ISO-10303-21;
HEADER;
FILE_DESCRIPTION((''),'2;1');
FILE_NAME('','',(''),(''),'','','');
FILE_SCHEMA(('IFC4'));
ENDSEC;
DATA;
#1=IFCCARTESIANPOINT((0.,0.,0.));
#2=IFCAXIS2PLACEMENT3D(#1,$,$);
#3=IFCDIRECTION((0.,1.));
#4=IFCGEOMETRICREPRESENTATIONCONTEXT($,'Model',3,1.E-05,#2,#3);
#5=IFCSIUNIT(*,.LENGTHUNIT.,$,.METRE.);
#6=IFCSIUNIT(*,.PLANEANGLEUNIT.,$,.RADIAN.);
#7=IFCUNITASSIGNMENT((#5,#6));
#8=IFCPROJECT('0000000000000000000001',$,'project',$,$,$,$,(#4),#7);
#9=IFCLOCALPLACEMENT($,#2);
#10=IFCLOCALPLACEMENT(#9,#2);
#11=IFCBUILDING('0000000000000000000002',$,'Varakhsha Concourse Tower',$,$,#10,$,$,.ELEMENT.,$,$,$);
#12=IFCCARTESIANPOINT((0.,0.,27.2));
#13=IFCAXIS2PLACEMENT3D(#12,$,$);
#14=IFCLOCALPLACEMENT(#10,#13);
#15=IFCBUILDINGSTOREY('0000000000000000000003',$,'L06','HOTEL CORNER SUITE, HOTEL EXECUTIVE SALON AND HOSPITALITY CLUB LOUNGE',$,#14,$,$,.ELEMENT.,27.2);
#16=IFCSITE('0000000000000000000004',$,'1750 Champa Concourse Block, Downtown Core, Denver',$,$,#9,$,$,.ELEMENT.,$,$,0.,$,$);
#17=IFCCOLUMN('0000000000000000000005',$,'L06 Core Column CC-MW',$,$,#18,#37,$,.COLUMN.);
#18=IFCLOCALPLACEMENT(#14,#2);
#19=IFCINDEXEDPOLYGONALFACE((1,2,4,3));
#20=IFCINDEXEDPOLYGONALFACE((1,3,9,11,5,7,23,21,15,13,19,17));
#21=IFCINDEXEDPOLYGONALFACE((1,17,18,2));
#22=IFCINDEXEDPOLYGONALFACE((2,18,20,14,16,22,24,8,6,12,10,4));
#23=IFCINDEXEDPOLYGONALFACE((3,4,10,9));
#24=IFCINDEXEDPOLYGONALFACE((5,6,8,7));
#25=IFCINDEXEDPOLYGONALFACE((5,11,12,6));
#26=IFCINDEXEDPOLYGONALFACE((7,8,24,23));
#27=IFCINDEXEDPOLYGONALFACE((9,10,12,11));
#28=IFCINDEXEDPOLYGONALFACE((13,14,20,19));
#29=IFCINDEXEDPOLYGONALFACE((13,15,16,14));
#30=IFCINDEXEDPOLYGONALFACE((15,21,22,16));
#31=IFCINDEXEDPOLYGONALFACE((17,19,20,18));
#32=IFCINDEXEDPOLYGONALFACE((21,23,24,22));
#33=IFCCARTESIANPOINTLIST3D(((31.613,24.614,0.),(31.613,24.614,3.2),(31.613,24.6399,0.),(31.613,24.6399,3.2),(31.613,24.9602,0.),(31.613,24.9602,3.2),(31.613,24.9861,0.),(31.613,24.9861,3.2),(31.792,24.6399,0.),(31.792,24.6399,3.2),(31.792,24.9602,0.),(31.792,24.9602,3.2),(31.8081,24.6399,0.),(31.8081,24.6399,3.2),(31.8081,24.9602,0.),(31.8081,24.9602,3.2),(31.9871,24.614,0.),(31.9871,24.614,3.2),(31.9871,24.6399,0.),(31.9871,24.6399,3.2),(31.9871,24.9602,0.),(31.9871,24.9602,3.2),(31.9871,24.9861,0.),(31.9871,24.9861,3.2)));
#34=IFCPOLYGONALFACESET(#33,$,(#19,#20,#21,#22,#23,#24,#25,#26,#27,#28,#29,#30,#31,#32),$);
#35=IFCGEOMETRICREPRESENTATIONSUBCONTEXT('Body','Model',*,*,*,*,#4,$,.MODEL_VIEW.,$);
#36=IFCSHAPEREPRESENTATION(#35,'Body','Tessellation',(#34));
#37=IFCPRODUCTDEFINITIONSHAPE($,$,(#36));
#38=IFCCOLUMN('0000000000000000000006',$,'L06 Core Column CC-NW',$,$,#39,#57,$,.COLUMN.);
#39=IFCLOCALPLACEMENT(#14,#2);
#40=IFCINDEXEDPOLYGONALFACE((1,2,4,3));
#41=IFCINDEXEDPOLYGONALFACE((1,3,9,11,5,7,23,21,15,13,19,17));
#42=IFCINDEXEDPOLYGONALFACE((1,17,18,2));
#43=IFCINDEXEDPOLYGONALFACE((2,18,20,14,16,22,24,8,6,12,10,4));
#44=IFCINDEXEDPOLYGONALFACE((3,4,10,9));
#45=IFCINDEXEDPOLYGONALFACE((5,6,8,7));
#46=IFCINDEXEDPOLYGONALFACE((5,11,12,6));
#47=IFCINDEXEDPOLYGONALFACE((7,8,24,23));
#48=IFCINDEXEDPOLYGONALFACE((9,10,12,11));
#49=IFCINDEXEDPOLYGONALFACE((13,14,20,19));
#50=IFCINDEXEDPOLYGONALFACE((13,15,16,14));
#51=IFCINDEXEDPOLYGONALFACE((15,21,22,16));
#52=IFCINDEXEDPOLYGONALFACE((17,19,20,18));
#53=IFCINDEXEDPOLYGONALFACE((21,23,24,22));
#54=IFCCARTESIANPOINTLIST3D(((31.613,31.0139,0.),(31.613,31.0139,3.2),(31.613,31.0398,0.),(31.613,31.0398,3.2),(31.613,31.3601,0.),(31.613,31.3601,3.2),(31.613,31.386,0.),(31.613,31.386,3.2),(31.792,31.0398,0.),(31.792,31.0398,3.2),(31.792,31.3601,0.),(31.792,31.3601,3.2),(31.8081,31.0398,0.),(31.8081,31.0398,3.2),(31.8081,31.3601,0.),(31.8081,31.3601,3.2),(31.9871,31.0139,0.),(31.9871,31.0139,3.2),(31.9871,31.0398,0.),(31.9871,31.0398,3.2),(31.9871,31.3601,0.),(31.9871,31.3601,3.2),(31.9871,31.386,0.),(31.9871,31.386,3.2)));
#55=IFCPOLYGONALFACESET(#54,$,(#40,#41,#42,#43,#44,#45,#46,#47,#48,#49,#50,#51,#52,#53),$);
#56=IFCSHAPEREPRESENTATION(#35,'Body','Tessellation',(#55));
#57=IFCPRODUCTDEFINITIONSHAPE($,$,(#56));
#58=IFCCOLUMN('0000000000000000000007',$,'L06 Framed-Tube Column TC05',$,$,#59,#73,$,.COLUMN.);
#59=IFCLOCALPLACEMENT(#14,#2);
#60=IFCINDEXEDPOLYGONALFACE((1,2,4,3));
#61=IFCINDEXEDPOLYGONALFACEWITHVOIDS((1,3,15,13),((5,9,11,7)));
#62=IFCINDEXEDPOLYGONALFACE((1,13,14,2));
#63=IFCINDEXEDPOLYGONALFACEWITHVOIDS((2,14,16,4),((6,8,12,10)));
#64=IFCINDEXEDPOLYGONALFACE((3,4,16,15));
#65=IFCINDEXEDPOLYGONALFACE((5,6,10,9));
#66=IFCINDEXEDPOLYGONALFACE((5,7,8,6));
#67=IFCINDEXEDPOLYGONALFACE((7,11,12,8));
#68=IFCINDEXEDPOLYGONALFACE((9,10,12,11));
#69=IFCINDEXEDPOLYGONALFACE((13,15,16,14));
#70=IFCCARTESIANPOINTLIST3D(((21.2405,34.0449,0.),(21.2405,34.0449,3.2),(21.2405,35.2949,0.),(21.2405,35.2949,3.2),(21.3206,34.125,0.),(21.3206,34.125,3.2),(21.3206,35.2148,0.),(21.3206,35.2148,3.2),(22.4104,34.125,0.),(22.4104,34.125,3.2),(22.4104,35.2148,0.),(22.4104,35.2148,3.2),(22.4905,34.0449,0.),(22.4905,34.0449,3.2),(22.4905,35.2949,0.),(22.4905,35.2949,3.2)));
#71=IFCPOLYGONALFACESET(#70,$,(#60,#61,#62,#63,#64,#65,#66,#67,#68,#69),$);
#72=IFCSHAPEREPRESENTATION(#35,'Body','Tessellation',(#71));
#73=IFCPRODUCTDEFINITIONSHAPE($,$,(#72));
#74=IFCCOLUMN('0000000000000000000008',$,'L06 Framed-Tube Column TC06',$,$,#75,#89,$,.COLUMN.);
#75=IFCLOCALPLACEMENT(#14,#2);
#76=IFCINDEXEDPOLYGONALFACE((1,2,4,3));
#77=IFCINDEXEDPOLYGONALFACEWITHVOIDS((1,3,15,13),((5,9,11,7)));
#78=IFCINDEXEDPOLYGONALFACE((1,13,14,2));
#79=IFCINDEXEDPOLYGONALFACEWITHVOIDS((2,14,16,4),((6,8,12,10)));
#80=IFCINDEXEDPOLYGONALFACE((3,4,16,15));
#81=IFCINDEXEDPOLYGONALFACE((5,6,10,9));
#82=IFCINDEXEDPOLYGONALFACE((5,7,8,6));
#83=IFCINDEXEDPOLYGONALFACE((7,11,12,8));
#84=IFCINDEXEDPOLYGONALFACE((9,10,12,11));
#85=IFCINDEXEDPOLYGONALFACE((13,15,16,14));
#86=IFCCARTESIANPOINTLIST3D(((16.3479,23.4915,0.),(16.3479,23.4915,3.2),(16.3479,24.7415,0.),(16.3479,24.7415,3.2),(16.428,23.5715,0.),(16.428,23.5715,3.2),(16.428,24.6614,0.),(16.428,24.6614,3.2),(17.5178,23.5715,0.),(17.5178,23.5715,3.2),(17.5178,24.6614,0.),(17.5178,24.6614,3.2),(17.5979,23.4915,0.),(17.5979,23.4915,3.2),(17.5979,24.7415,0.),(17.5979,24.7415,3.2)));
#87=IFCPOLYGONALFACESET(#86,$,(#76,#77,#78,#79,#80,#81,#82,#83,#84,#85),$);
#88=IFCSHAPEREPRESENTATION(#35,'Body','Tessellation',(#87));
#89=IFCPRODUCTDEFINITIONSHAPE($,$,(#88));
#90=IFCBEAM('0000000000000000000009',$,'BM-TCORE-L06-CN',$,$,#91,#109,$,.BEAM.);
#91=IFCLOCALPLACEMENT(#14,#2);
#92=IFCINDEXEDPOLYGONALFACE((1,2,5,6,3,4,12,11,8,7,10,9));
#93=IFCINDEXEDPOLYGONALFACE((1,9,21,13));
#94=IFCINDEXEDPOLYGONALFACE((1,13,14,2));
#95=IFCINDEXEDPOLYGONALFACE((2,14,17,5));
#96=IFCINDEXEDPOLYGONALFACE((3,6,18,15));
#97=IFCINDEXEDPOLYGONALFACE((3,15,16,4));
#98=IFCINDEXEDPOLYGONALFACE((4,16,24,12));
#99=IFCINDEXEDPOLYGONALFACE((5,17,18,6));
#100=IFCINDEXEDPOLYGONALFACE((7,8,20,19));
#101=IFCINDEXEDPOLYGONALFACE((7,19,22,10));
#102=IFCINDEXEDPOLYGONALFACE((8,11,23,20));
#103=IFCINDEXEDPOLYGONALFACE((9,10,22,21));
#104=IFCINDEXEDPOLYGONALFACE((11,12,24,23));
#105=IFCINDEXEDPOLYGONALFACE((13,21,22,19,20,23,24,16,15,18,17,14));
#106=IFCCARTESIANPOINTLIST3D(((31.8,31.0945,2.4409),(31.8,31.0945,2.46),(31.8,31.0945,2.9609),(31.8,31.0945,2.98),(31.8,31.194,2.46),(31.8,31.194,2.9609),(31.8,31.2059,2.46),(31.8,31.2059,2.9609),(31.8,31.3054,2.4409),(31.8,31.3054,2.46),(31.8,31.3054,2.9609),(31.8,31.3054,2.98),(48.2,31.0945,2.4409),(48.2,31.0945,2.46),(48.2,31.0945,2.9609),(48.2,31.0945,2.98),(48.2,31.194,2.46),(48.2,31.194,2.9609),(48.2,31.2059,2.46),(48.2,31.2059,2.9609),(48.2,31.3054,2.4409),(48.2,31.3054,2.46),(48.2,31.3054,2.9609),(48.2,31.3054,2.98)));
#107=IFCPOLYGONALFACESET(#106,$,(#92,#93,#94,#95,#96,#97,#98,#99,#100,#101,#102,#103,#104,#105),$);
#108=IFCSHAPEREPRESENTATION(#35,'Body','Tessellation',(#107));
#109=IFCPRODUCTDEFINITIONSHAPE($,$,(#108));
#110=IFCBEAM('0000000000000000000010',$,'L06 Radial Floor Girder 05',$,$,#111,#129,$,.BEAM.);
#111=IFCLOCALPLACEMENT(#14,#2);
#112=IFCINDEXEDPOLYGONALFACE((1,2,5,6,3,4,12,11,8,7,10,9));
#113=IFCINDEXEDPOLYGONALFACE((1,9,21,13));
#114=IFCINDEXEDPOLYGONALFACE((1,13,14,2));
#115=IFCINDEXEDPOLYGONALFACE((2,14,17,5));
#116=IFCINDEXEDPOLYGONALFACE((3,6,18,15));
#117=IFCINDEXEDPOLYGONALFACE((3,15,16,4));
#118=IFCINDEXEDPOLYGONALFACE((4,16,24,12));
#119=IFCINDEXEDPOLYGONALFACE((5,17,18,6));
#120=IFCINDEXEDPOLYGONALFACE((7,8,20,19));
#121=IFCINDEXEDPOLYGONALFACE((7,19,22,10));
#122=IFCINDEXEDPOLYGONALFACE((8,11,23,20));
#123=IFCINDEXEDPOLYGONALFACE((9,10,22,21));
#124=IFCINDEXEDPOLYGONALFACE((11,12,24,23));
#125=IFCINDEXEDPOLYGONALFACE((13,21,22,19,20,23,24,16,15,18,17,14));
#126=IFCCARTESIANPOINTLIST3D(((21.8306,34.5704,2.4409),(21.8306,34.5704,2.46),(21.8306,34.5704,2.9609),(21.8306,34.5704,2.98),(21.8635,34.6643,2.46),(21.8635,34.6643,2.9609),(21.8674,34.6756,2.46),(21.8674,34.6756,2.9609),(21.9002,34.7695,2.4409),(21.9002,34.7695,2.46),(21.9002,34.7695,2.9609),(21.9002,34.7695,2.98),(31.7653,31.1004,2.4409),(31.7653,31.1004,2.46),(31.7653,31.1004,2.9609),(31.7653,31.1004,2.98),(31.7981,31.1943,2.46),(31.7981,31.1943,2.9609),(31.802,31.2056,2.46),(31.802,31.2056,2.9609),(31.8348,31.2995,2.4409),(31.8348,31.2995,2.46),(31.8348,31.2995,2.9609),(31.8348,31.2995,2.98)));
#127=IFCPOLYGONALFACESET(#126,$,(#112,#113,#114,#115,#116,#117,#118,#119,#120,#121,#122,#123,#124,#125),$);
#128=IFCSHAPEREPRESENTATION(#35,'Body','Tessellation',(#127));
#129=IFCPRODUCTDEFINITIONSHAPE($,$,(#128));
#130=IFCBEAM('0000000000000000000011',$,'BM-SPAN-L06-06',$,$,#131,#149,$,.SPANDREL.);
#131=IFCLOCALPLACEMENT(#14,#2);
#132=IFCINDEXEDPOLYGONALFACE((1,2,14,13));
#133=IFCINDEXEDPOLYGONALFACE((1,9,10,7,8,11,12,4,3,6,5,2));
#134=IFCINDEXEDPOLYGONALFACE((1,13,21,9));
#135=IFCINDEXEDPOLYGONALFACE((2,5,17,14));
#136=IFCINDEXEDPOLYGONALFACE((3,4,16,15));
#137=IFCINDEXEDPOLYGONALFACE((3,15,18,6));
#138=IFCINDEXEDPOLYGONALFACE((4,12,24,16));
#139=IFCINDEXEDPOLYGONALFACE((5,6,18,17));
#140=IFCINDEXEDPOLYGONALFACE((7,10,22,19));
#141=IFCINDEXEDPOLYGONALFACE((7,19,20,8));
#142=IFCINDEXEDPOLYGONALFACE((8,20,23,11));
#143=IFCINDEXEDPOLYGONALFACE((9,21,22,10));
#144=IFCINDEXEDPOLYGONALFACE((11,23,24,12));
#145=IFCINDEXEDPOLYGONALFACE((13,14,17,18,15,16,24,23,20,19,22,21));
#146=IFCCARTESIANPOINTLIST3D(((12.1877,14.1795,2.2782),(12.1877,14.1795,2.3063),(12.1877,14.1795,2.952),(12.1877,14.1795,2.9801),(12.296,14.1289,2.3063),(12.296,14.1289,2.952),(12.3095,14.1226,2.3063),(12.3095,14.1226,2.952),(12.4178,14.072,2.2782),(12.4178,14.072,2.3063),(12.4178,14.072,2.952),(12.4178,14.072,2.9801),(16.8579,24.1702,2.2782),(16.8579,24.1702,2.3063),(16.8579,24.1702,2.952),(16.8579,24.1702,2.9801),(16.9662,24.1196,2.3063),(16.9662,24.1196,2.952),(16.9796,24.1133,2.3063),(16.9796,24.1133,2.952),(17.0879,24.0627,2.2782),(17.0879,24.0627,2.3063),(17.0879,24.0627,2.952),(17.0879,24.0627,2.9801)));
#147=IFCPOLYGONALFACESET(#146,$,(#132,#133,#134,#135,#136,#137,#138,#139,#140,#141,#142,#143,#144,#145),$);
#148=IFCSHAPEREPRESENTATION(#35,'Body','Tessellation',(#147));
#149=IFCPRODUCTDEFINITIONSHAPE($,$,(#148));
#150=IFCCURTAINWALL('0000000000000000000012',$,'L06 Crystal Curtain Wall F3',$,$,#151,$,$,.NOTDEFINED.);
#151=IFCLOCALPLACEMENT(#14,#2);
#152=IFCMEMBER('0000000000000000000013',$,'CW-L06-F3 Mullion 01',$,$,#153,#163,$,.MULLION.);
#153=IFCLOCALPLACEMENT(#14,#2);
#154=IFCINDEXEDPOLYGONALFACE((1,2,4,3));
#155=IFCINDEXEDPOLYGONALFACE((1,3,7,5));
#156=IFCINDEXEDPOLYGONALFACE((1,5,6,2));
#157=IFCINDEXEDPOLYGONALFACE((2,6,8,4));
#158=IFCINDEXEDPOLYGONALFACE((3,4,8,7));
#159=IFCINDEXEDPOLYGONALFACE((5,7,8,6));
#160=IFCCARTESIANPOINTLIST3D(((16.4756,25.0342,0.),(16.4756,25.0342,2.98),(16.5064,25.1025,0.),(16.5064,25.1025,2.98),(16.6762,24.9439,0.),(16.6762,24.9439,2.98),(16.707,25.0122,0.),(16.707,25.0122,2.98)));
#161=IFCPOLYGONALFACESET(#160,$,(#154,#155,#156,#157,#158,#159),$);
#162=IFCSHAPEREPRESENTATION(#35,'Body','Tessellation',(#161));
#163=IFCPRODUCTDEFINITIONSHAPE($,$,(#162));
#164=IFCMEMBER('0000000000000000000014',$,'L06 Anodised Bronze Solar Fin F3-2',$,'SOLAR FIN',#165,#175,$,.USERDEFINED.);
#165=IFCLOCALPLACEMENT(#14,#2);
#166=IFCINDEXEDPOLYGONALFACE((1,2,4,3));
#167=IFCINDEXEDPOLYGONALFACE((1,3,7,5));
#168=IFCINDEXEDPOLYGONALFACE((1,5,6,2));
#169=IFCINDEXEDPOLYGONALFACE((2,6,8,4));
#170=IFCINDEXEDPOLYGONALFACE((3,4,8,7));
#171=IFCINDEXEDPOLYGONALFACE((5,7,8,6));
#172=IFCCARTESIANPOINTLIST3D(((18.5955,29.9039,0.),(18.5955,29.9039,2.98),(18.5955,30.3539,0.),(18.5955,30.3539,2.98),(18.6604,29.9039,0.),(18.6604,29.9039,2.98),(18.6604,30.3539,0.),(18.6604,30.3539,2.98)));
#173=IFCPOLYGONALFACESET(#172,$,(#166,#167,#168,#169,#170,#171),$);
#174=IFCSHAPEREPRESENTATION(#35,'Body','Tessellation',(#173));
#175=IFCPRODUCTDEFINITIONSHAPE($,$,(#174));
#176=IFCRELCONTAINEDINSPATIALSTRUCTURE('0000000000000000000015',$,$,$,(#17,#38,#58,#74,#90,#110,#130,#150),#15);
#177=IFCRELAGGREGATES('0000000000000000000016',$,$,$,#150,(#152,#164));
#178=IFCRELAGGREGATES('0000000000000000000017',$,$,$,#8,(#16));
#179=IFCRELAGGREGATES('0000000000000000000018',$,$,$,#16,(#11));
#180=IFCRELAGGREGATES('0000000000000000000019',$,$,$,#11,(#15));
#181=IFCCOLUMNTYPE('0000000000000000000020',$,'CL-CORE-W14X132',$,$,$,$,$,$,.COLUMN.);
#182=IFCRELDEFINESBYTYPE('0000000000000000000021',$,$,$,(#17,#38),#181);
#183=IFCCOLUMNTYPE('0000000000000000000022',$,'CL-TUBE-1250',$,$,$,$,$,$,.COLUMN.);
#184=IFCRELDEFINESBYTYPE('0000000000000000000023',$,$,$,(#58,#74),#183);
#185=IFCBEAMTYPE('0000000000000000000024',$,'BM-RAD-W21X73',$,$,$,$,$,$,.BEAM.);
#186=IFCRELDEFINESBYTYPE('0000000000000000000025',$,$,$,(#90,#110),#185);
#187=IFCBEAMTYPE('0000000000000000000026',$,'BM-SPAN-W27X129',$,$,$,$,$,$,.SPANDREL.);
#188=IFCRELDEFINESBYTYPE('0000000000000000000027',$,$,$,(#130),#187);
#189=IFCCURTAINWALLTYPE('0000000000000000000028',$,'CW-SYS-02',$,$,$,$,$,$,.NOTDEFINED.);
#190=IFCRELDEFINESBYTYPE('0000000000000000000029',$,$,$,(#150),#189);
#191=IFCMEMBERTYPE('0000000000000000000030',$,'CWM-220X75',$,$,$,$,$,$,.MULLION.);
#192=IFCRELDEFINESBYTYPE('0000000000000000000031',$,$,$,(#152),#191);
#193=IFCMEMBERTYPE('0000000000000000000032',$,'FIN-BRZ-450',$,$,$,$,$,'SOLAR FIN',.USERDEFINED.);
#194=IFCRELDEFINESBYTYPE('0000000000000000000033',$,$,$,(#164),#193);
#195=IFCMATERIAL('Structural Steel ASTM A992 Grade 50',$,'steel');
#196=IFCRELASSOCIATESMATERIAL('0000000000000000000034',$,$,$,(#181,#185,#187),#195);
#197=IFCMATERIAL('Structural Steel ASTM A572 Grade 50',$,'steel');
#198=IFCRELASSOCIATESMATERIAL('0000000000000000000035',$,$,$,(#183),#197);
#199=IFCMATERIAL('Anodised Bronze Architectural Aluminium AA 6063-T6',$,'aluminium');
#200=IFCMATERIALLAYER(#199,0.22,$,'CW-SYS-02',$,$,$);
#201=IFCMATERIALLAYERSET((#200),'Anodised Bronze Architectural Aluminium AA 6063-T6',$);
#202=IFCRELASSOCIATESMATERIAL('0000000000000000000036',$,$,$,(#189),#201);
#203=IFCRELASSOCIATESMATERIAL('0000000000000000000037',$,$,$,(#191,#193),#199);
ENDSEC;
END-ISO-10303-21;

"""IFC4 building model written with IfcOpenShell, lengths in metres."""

from ifc_helpers import new_model, si_unit, direction, frame, origin, origin_2d, place, context, subcontext, project, spatial, rectangle, hollow_rectangle, i_section, extrude, source, transform, mapped, material, layer, layer_set, material_profile, profile_set, type_object, type_shapes, element, aggregate, save


model = new_model("IFC4")

# Units and contexts
model_context = context("Model", 3, precision=1e-05, world=origin(), true_north=direction((0.0, 1.0)))
body_context = subcontext(model_context, "Body", "Model", "MODEL_VIEW")
ifc_project = project(units=[si_unit("LENGTHUNIT", "METRE"), si_unit("PLANEANGLEUNIT", "RADIAN")], contexts=[model_context])

# Site, building, storey
site_placement = place(None, origin())
site = spatial("IfcSite", under=ifc_project, at=site_placement, Name="1750 Champa Concourse Block, Downtown Core, Denver", CompositionType="ELEMENT", RefElevation=0.0)
building_placement = place(site_placement, origin())
building = spatial("IfcBuilding", under=site, at=building_placement, Name="Varakhsha Concourse Tower", CompositionType="ELEMENT")
storey_placement = place(building_placement, frame((0.0, 0.0, 27.2)))
storey = spatial("IfcBuildingStorey", under=building, at=storey_placement, Name="L06", Description="HOTEL CORNER SUITE, HOTEL EXECUTIVE SALON AND HOSPITALITY CLUB LOUNGE", CompositionType="ELEMENT", Elevation=27.2)

# Columns
ifc_material_1 = material(Name="Structural Steel ASTM A992 Grade 50", Category="steel")
ifc_material_profile_1 = material_profile(ifc_material_1, i_section(OverallWidth=0.374, OverallDepth=0.3721, WebThickness=0.0161, FlangeThickness=0.0259, at=origin_2d()), Name="W14X132")
ifc_profile_set_1 = profile_set([ifc_material_profile_1], Name="Structural Steel ASTM A992 Grade 50")
column_type_1 = type_object("IfcColumnType", Name="CL-CORE-W14X132", PredefinedType="COLUMN", material=ifc_profile_set_1)
for number, where, z_axis, x_axis, name in (
    (1, (31.8, 24.8, 0.0), (0.0, 0.0, 1.0), (1.0, 0.0, 0.0), "L06 Core Column CC-MW"),
    (2, (31.8, 31.2, 0.0), (0.0, 0.0, 1.0), (1.0, 0.0, 0.0), "L06 Core Column CC-NW"),
):
    element("IfcColumn", number, at=place(storey_placement, frame(where, z_axis=z_axis, x_axis=x_axis)), inside=storey, type_object=column_type_1, Name=name, PredefinedType="COLUMN", context=body_context, shape_type="SweptSolid", body=[
        extrude(i_section(OverallWidth=0.374, OverallDepth=0.3721, WebThickness=0.0161, FlangeThickness=0.0259, at=origin_2d()), origin(), (0.0, 0.0, 1.0), 3.2),
    ])
ifc_material_2 = material(Name="Structural Steel ASTM A572 Grade 50", Category="steel")
ifc_material_profile_2 = material_profile(ifc_material_2, hollow_rectangle(XDim=1.25, YDim=1.25, WallThickness=0.0801, at=origin_2d()), Name="BOX 1250x1250x80")
ifc_profile_set_2 = profile_set([ifc_material_profile_2], Name="Structural Steel ASTM A572 Grade 50")
column_type_2 = type_object("IfcColumnType", Name="CL-TUBE-1250", PredefinedType="COLUMN", material=ifc_profile_set_2)
for number, where, z_axis, x_axis, name in (
    (3, (21.8655, 34.6699, 0.0), (0.0, 0.0, 1.0), (1.0, 0.0, 0.0), "L06 Framed-Tube Column TC05"),
    (4, (16.9729, 24.1165, 0.0), (0.0, 0.0, 1.0), (1.0, 0.0, 0.0), "L06 Framed-Tube Column TC06"),
):
    element("IfcColumn", number, at=place(storey_placement, frame(where, z_axis=z_axis, x_axis=x_axis)), inside=storey, type_object=column_type_2, Name=name, PredefinedType="COLUMN", context=body_context, shape_type="SweptSolid", body=[
        extrude(hollow_rectangle(XDim=1.25, YDim=1.25, WallThickness=0.0801, at=origin_2d()), origin(), (0.0, 0.0, 1.0), 3.2),
    ])

# Beams
ifc_material_profile_3 = material_profile(ifc_material_1, i_section(OverallWidth=0.2109, OverallDepth=0.5391, WebThickness=0.012, FlangeThickness=0.019, at=origin_2d()), Name="W21X73")
ifc_profile_set_3 = profile_set([ifc_material_profile_3], Name="Structural Steel ASTM A992 Grade 50")
beam_type_1 = type_object("IfcBeamType", Name="BM-RAD-W21X73", PredefinedType="BEAM", material=ifc_profile_set_3)
beam_1_placement = place(storey_placement, frame((31.8, 31.2, 2.7104), z_axis=(1.0, 0.0, 0.0), x_axis=(0.0, 1.0, 0.0)))
element("IfcBeam", 5, at=beam_1_placement, inside=storey, type_object=beam_type_1, Name="BM-TCORE-L06-CN", PredefinedType="BEAM", context=body_context, shape_type="SweptSolid", body=[
    extrude(i_section(OverallWidth=0.2109, OverallDepth=0.5391, WebThickness=0.012, FlangeThickness=0.019, at=origin_2d()), origin(), (0.0, 0.0, 1.0), 16.3999),
])
beam_2_placement = place(storey_placement, frame((31.8, 31.2, 2.7104), z_axis=(-0.944069, 0.329747, 0.0), x_axis=(-0.329747, -0.944069, 0.0)))
element("IfcBeam", 6, at=beam_2_placement, inside=storey, type_object=beam_type_1, Name="L06 Radial Floor Girder 05", PredefinedType="BEAM", context=body_context, shape_type="SweptSolid", body=[
    extrude(i_section(OverallWidth=0.2109, OverallDepth=0.5391, WebThickness=0.012, FlangeThickness=0.019, at=origin_2d()), origin(), (0.0, 0.0, 1.0), 10.5232),
])
ifc_material_profile_4 = material_profile(ifc_material_1, i_section(OverallWidth=0.2539, OverallDepth=0.7019, WebThickness=0.0149, FlangeThickness=0.0281, at=origin_2d()), Name="W27X129")
ifc_profile_set_4 = profile_set([ifc_material_profile_4], Name="Structural Steel ASTM A992 Grade 50")
beam_type_2 = type_object("IfcBeamType", Name="BM-SPAN-W27X129", PredefinedType="SPANDREL", material=ifc_profile_set_4)
beam_3_placement = place(storey_placement, frame((16.9729, 24.1165, 2.6292), z_axis=(-0.423468, -0.905911, 0.0), x_axis=(0.905911, -0.423468, 0.0)))
element("IfcBeam", 7, at=beam_3_placement, inside=storey, type_object=beam_type_2, Name="BM-SPAN-L06-06", PredefinedType="SPANDREL", context=body_context, shape_type="SweptSolid", body=[
    extrude(i_section(OverallWidth=0.2539, OverallDepth=0.7019, WebThickness=0.0149, FlangeThickness=0.0281, at=origin_2d()), origin(), (0.0, 0.0, 1.0), 11.0283),
])

# Curtain wall, members
ifc_material_3 = material(Name="Anodised Bronze Architectural Aluminium AA 6063-T6", Category="aluminium")
ifc_layer_1 = layer(ifc_material_3, 0.22, Name="CW-SYS-02")
ifc_layer_set_1 = layer_set([ifc_layer_1], Name="Anodised Bronze Architectural Aluminium AA 6063-T6")
curtain_wall_type = type_object("IfcCurtainWallType", Name="CW-SYS-02", PredefinedType="NOTDEFINED", material=ifc_layer_set_1)
curtain_wall_placement = place(storey_placement, origin())
curtain_wall = element("IfcCurtainWall", 8, at=curtain_wall_placement, inside=storey, type_object=curtain_wall_type, Name="L06 Crystal Curtain Wall F3", PredefinedType="NOTDEFINED")
ifc_material_profile_5 = material_profile(ifc_material_3, rectangle(XDim=0.075, YDim=0.22, at=origin_2d()), Name="CWM-220X75")
ifc_profile_set_5 = profile_set([ifc_material_profile_5], Name="Anodised Bronze Architectural Aluminium AA 6063-T6")
member_type_1 = type_object("IfcMemberType", Name="CWM-220X75", PredefinedType="MULLION", material=ifc_profile_set_5)
shared_shape_1 = source(origin(), body_context, "Body", "SweptSolid", [
    extrude(rectangle(XDim=0.075, YDim=0.22, at=origin_2d()), origin(), (0.0, 0.0, 1.0), 2.98),
])
type_shapes(member_type_1, [shared_shape_1])
member_1_placement = place(storey_placement, frame((16.5913, 25.0232, 0.0), z_axis=(0.0, 0.0, 1.0), x_axis=(0.410684, 0.911778, 0.0)))
member_1 = element("IfcMember", 9, at=member_1_placement, type_object=member_type_1, Name="CW-L06-F3 Mullion 01", PredefinedType="MULLION", context=body_context, shape_type="MappedRepresentation", body=[
    mapped(shared_shape_1, transform((0.0, 0.0, 0.0), scale=1.0)),
])
ifc_material_profile_6 = material_profile(ifc_material_3, rectangle(XDim=0.0649, YDim=0.45, at=origin_2d()), Name="FIN-BRZ-450")
ifc_profile_set_6 = profile_set([ifc_material_profile_6], Name="Anodised Bronze Architectural Aluminium AA 6063-T6")
member_type_2 = type_object("IfcMemberType", Name="FIN-BRZ-450", ElementType="SOLAR FIN", PredefinedType="USERDEFINED", material=ifc_profile_set_6)
shared_shape_2 = source(origin(), body_context, "Body", "SweptSolid", [
    extrude(rectangle(XDim=0.0649, YDim=0.45, at=origin_2d()), origin(), (0.0, 0.0, 1.0), 2.98),
])
type_shapes(member_type_2, [shared_shape_2])
member_2_placement = place(storey_placement, frame((18.6279, 30.1289, 0.0), z_axis=(0.0, 0.0, 1.0), x_axis=(1.0, 0.0, 0.0)))
member_2 = element("IfcMember", 10, at=member_2_placement, type_object=member_type_2, Name="L06 Anodised Bronze Solar Fin F3-2", ObjectType="SOLAR FIN", PredefinedType="USERDEFINED", context=body_context, shape_type="MappedRepresentation", body=[
    mapped(shared_shape_2, transform((0.0, 0.0, 0.0), scale=1.0)),
])

aggregate(curtain_wall, [member_1, member_2])

save(model, "model.ifc")
